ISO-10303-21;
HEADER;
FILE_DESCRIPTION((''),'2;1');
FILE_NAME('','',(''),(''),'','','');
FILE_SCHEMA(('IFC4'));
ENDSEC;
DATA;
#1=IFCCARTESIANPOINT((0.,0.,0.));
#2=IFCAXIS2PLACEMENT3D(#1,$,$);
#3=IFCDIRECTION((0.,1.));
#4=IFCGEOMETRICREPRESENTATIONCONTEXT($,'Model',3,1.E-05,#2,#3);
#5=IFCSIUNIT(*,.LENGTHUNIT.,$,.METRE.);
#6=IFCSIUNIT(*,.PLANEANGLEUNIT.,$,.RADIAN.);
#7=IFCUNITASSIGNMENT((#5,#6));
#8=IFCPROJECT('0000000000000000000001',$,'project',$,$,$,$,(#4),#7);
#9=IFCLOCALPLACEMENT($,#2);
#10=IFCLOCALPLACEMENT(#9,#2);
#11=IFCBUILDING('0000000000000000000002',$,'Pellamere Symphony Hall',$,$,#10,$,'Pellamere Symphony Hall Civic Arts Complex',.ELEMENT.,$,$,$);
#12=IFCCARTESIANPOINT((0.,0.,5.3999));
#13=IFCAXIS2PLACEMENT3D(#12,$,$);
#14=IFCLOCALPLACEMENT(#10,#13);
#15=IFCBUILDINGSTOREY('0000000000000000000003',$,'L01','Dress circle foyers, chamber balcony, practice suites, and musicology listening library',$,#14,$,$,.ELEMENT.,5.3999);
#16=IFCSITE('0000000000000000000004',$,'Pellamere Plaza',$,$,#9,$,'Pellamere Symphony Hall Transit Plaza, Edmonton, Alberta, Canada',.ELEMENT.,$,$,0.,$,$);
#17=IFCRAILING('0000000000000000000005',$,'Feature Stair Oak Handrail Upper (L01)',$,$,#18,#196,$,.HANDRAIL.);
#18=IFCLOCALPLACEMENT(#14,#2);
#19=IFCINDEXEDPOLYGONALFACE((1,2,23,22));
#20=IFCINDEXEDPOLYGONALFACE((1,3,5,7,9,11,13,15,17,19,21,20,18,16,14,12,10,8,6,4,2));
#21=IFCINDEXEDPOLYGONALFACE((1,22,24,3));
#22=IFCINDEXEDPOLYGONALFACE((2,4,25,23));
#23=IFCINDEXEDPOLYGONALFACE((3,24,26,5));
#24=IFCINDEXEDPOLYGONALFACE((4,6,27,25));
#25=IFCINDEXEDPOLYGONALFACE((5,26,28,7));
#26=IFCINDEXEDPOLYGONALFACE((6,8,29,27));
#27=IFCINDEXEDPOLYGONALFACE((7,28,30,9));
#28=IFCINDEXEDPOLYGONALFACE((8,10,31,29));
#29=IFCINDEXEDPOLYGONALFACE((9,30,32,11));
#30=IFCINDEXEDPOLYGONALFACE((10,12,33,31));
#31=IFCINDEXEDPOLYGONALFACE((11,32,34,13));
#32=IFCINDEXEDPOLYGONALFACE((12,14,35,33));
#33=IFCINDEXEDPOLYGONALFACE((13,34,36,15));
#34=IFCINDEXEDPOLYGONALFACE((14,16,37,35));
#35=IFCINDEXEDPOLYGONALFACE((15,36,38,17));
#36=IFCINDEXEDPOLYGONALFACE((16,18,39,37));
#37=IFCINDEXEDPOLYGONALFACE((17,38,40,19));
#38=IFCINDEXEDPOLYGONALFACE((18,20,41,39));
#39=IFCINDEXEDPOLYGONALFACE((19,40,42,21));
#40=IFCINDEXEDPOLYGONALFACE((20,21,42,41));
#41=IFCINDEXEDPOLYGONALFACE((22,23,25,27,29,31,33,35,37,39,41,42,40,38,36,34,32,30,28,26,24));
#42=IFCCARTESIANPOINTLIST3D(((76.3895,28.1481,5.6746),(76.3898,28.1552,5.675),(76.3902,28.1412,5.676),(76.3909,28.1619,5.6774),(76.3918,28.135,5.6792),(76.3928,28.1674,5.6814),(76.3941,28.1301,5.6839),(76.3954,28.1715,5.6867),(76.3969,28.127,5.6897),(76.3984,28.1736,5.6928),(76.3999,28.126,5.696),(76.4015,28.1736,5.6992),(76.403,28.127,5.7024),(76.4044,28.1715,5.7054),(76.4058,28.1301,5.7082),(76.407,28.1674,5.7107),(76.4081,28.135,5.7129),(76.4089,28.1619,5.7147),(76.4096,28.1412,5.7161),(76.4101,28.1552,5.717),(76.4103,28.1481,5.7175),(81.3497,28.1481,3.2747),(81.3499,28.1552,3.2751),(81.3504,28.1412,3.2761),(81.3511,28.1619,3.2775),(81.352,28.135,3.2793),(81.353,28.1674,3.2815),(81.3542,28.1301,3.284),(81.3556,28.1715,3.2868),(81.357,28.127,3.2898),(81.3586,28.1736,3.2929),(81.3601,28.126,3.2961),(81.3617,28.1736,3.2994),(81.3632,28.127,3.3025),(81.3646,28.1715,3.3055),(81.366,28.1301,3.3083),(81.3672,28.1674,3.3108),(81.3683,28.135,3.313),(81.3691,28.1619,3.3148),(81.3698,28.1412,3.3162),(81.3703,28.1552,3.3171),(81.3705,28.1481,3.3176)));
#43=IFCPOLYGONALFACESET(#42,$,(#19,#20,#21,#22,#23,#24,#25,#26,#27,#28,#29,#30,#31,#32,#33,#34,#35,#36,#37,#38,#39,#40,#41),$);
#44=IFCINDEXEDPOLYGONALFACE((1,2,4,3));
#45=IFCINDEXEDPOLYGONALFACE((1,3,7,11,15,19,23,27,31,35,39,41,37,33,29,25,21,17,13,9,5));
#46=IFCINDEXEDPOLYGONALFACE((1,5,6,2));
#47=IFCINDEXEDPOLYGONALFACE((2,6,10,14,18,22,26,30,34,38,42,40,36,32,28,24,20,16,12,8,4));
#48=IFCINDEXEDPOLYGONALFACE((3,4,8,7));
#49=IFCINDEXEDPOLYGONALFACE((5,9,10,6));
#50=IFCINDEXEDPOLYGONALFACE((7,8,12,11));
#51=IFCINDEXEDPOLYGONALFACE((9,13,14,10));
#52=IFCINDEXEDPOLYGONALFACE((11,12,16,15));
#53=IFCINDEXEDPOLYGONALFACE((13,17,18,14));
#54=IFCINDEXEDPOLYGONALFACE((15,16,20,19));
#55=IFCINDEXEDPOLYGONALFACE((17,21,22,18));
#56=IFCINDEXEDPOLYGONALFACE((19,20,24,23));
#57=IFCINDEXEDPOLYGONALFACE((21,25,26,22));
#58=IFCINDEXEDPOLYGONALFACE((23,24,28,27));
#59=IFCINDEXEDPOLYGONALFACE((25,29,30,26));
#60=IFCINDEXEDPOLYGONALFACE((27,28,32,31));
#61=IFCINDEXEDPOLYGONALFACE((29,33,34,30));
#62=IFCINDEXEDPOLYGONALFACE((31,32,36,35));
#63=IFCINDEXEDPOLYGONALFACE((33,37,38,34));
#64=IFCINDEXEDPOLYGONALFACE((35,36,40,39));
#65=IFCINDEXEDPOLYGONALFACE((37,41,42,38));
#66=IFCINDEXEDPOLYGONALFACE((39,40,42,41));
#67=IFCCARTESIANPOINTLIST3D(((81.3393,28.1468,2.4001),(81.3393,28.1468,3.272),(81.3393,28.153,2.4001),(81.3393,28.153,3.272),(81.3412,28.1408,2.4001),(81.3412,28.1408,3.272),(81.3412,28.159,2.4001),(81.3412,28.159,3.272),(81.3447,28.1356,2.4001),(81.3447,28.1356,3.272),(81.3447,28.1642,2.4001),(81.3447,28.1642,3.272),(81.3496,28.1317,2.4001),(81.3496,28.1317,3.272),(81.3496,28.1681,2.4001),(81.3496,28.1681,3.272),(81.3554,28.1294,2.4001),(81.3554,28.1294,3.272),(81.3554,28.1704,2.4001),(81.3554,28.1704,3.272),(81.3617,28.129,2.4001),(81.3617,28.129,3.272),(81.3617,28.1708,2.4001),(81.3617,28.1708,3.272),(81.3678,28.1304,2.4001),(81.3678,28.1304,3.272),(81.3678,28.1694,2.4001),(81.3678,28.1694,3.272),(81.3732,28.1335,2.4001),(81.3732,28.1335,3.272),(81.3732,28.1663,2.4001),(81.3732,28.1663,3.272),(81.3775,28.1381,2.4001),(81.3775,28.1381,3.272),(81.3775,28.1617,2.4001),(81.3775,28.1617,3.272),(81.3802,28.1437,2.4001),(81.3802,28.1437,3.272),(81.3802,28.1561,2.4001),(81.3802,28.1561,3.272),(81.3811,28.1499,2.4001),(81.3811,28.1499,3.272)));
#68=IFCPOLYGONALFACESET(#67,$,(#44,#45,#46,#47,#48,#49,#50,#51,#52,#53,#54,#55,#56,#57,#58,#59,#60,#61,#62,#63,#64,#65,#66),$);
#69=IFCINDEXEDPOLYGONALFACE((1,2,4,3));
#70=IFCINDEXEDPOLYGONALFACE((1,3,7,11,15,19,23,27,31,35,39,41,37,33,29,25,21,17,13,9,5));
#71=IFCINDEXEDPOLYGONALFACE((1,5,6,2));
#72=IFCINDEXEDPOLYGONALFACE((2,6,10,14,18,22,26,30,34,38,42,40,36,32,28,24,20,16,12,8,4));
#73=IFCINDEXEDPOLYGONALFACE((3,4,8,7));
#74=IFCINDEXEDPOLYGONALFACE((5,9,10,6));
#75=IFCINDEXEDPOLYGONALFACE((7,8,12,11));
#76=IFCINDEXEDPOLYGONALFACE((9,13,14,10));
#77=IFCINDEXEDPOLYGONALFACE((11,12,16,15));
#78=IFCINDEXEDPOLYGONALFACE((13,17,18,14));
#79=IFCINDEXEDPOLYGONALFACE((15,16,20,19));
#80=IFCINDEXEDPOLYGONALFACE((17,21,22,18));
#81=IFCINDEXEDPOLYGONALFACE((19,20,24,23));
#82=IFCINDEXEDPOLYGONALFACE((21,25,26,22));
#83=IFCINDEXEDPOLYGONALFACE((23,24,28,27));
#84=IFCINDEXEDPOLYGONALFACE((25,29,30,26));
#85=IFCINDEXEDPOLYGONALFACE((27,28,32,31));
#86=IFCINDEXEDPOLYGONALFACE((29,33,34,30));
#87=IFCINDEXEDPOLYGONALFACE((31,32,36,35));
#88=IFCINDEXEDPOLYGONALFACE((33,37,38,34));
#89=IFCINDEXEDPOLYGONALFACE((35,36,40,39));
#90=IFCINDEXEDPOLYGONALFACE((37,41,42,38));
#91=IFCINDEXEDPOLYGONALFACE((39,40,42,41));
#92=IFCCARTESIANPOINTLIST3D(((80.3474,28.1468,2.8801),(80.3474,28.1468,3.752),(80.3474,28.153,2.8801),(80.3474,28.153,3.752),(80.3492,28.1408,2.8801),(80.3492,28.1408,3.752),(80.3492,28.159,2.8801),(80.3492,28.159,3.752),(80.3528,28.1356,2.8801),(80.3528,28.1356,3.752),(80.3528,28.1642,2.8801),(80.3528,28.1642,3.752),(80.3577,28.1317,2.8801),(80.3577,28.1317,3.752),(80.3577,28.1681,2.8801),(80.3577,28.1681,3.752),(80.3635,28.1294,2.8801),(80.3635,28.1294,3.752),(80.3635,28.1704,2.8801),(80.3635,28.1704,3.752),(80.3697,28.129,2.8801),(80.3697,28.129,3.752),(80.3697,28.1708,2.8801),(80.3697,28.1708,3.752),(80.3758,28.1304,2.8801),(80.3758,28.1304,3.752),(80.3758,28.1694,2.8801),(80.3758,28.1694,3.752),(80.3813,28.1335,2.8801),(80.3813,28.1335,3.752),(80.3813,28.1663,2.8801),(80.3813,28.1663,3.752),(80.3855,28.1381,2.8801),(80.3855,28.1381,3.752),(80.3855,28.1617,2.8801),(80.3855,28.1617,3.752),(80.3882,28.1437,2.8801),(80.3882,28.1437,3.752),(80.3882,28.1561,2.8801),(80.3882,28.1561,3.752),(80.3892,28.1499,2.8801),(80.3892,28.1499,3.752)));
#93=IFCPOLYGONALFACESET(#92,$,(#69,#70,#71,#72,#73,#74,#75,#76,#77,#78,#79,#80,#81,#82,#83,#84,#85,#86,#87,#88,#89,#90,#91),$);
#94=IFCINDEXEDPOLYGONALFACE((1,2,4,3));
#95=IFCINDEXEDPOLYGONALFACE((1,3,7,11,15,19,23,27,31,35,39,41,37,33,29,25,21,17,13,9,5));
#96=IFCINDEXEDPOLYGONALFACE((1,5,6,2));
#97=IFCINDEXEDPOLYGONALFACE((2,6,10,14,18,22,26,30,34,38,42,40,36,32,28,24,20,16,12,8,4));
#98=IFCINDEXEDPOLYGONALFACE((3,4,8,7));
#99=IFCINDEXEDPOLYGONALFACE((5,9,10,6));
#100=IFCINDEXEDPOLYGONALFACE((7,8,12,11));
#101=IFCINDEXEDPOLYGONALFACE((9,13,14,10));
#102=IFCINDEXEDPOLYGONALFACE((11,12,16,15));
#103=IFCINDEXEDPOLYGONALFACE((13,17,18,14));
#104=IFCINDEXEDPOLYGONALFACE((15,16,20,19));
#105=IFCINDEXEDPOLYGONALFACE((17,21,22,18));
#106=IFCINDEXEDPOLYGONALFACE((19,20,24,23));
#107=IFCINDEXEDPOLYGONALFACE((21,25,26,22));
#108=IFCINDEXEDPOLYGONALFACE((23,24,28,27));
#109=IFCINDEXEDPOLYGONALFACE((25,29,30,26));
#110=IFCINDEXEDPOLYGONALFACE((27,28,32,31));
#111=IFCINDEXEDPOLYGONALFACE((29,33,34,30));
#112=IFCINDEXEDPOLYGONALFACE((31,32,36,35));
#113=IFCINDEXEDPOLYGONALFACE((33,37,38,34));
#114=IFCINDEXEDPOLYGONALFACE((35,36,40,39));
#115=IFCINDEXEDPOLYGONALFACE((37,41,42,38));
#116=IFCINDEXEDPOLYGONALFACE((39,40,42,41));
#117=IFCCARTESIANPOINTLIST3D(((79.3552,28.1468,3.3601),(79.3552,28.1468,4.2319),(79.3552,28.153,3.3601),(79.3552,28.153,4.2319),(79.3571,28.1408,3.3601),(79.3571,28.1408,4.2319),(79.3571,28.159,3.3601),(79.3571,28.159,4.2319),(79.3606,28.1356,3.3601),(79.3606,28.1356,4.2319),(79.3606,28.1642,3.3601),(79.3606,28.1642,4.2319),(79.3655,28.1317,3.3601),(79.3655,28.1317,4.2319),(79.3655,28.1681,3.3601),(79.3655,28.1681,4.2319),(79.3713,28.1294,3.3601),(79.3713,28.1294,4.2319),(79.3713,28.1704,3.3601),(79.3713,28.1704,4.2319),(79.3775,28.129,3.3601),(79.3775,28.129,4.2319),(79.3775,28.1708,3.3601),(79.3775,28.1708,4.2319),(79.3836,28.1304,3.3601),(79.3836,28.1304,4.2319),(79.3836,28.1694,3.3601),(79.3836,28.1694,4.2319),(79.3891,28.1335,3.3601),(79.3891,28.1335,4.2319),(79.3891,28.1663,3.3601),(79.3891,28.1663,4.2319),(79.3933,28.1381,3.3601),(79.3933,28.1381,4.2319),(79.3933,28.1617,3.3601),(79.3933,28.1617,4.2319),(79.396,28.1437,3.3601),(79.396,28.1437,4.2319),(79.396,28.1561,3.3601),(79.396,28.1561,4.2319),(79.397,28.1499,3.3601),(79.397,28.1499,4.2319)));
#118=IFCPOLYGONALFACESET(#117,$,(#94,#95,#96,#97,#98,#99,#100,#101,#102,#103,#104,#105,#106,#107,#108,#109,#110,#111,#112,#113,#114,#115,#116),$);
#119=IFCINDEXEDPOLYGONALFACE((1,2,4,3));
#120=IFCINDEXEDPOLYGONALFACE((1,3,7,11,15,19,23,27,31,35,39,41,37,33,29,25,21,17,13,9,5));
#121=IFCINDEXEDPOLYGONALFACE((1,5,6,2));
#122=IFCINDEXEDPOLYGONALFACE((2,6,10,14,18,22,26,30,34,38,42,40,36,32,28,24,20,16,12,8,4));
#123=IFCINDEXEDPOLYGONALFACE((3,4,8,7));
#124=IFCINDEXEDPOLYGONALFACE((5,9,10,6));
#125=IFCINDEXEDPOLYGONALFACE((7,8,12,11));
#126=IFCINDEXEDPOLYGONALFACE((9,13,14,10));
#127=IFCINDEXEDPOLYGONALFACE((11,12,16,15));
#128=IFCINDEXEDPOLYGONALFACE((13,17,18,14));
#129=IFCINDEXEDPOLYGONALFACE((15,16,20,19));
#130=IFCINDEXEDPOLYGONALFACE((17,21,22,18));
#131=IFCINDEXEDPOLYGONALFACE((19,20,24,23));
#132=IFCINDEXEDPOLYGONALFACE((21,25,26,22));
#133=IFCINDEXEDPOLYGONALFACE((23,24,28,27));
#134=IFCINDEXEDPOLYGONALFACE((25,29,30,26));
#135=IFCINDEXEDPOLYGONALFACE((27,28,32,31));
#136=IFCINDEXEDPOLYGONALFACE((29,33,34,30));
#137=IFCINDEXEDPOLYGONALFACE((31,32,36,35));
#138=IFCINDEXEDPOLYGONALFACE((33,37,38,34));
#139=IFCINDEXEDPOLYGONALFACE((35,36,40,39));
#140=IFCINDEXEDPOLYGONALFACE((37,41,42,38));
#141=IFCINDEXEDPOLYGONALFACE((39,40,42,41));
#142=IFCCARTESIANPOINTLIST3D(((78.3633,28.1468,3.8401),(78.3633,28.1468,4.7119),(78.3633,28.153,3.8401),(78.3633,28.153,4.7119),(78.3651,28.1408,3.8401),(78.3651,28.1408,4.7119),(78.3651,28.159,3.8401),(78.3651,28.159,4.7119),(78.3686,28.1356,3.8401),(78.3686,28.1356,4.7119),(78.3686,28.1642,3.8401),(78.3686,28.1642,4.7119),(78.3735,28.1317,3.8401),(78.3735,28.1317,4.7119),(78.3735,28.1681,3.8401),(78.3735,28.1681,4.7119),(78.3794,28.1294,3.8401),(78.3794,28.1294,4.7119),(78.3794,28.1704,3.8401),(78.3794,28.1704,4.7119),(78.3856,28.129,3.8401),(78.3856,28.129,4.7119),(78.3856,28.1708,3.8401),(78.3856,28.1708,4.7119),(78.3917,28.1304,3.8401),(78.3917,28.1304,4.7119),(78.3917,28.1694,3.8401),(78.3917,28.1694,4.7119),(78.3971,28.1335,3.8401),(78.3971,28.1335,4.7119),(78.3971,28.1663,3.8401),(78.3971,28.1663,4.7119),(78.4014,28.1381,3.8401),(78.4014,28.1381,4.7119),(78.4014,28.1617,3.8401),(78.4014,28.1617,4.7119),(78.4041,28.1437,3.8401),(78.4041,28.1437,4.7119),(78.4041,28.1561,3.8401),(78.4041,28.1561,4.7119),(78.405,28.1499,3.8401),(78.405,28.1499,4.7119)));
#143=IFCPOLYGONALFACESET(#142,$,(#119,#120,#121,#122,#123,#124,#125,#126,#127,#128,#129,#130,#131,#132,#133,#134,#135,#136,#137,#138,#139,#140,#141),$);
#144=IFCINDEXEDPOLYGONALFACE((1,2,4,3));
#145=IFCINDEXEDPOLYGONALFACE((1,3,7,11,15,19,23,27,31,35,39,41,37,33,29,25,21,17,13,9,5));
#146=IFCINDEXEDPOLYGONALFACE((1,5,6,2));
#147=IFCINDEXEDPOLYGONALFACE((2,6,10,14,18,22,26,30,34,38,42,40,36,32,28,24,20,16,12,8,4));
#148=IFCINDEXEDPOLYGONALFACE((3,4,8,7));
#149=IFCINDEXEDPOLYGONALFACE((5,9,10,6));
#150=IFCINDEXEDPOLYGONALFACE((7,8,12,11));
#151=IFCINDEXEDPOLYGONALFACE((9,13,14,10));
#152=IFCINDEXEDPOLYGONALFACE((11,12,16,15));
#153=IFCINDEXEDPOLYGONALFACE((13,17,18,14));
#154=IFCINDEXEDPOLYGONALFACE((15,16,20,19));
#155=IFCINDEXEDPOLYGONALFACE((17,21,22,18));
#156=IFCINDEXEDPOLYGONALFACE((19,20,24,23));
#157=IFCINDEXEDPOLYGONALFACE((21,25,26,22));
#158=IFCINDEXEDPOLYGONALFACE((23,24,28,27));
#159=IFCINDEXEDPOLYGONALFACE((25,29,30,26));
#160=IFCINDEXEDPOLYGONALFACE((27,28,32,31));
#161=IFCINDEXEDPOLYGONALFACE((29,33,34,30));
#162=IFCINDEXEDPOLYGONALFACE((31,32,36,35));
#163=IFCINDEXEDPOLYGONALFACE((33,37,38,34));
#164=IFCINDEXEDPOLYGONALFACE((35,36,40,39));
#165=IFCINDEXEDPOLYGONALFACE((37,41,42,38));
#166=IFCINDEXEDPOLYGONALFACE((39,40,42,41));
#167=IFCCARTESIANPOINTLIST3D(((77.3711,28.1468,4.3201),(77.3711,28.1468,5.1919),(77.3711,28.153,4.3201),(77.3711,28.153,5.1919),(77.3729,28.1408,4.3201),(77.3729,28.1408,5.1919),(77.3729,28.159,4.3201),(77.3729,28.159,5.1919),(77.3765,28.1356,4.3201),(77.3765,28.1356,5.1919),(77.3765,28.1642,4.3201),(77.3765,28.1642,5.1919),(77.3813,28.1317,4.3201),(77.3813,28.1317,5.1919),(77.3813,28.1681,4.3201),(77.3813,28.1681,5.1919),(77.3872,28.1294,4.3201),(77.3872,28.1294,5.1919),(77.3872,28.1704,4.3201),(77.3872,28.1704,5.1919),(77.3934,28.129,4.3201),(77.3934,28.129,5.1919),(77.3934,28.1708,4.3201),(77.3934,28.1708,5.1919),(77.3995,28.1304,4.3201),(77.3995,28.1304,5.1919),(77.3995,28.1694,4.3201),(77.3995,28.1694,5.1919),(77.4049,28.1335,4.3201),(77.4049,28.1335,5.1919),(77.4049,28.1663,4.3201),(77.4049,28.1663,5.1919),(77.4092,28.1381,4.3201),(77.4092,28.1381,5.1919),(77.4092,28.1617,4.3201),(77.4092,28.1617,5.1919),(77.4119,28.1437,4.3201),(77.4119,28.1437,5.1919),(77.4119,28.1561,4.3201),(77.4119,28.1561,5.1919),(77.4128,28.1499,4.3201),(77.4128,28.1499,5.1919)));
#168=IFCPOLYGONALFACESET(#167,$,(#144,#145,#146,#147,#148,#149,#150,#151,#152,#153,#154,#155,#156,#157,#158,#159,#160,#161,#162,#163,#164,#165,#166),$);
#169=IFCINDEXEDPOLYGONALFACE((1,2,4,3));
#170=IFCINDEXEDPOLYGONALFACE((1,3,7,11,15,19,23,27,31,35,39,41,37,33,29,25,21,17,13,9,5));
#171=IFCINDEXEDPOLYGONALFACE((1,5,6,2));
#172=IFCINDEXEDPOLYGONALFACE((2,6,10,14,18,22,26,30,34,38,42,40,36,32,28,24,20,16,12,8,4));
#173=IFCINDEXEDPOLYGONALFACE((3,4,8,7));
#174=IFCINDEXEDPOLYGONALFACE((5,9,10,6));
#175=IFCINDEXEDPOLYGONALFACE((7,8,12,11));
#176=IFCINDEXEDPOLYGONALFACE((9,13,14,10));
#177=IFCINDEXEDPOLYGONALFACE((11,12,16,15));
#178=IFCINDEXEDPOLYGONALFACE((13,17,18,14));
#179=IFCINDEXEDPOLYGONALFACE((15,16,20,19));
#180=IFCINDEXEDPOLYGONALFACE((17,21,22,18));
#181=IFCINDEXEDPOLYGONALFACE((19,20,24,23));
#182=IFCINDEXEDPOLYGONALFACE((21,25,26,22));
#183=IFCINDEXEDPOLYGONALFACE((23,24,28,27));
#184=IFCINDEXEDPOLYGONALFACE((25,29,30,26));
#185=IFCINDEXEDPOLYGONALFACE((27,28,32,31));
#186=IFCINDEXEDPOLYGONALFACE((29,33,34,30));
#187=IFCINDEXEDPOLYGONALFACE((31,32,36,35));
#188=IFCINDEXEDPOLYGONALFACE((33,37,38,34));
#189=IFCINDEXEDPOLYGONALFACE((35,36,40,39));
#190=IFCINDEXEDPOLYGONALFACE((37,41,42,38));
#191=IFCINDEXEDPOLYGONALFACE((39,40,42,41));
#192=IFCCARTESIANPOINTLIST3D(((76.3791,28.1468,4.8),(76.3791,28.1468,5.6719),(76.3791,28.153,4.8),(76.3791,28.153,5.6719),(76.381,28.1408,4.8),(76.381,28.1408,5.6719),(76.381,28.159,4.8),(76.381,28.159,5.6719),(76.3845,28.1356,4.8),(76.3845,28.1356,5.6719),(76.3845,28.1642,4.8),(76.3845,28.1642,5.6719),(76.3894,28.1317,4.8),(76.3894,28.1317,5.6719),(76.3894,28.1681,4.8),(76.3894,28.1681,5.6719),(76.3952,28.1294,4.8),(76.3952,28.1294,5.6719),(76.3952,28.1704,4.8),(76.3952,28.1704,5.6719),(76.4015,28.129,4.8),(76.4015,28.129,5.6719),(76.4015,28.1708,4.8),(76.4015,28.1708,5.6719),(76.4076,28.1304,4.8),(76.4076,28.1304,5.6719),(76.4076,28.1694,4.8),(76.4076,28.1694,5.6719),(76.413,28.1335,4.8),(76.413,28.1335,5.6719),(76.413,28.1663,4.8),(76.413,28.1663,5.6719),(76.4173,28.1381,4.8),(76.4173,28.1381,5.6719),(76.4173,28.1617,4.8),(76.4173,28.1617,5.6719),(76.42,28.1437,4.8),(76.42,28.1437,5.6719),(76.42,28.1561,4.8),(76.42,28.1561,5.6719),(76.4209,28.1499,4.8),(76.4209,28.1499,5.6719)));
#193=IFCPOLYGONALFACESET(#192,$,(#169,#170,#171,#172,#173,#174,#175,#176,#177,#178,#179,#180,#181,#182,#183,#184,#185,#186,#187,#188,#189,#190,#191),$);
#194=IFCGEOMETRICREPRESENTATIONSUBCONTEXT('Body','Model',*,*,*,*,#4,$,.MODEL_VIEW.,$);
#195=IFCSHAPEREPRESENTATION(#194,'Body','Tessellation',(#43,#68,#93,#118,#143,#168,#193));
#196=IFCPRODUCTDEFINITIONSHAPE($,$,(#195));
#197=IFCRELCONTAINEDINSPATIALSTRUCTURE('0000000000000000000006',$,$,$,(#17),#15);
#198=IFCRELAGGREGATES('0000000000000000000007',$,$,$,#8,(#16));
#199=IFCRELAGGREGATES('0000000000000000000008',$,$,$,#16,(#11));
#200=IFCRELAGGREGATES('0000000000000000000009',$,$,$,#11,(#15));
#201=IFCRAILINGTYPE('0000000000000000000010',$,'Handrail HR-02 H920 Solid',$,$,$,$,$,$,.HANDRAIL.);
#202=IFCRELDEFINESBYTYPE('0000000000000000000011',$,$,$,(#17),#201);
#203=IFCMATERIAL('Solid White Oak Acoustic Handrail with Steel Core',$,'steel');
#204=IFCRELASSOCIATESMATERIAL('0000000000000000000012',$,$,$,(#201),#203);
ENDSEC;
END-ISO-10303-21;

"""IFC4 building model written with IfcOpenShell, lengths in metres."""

from ifc_helpers import new_model, si_unit, direction, frame, origin, origin_2d, place, context, subcontext, project, spatial, circle, extrude, material, type_object, element, save


model = new_model("IFC4")

# Units and contexts
model_context = context("Model", 3, precision=1e-05, world=origin(), true_north=direction((0.0, 1.0)))
body_context = subcontext(model_context, "Body", "Model", "MODEL_VIEW")
ifc_project = project(units=[si_unit("LENGTHUNIT", "METRE"), si_unit("PLANEANGLEUNIT", "RADIAN")], contexts=[model_context])

# Site, building, storey
site_placement = place(None, origin())
site = spatial("IfcSite", under=ifc_project, at=site_placement, Name="Pellamere Plaza", LongName="Pellamere Symphony Hall Transit Plaza, Edmonton, Alberta, Canada", CompositionType="ELEMENT", RefElevation=0.0)
building_placement = place(site_placement, origin())
building = spatial("IfcBuilding", under=site, at=building_placement, Name="Pellamere Symphony Hall", LongName="Pellamere Symphony Hall Civic Arts Complex", CompositionType="ELEMENT")
storey_placement = place(building_placement, frame((0.0, 0.0, 5.3999)))
storey = spatial("IfcBuildingStorey", under=building, at=storey_placement, Name="L01", Description="Dress circle foyers, chamber balcony, practice suites, and musicology listening library", CompositionType="ELEMENT", Elevation=5.3999)

# Railing
ifc_material_1 = material(Name="Solid White Oak Acoustic Handrail with Steel Core", Category="steel")
railing_type = type_object("IfcRailingType", Name="Handrail HR-02 H920 Solid", PredefinedType="HANDRAIL", material=ifc_material_1)
railing_placement = place(storey_placement, frame((81.3601, 28.1499, 2.4001)))
element("IfcRailing", 1, at=railing_placement, inside=storey, type_object=railing_type, Name="Feature Stair Oak Handrail Upper (L01)", PredefinedType="HANDRAIL", context=body_context, shape_type="SweptSolid", body=[
    extrude(circle(Radius=0.0239, at=origin_2d()), frame((0.0, 0.0, 0.896), z_axis=(-0.900173, 0.0, 0.435532), x_axis=(0.0, -1.0, 0.0)), (0.0, 0.0, 1.0), 5.5103),
    extrude(circle(Radius=0.021, at=origin_2d()), origin(), (0.0, 0.0, 1.0), 0.8718),
    extrude(circle(Radius=0.021, at=origin_2d()), frame((-0.9919, 0.0, 0.48)), (0.0, 0.0, 1.0), 0.8718),
    extrude(circle(Radius=0.021, at=origin_2d()), frame((-1.9841, 0.0, 0.96)), (0.0, 0.0, 1.0), 0.8718),
    extrude(circle(Radius=0.021, at=origin_2d()), frame((-2.9761, 0.0, 1.4399)), (0.0, 0.0, 1.0), 0.8718),
    extrude(circle(Radius=0.021, at=origin_2d()), frame((-3.9683, 0.0, 1.9199)), (0.0, 0.0, 1.0), 0.8718),
    extrude(circle(Radius=0.021, at=origin_2d()), frame((-4.9602, 0.0, 2.3999)), (0.0, 0.0, 1.0), 0.8718),
])

save(model, "model.ifc")
